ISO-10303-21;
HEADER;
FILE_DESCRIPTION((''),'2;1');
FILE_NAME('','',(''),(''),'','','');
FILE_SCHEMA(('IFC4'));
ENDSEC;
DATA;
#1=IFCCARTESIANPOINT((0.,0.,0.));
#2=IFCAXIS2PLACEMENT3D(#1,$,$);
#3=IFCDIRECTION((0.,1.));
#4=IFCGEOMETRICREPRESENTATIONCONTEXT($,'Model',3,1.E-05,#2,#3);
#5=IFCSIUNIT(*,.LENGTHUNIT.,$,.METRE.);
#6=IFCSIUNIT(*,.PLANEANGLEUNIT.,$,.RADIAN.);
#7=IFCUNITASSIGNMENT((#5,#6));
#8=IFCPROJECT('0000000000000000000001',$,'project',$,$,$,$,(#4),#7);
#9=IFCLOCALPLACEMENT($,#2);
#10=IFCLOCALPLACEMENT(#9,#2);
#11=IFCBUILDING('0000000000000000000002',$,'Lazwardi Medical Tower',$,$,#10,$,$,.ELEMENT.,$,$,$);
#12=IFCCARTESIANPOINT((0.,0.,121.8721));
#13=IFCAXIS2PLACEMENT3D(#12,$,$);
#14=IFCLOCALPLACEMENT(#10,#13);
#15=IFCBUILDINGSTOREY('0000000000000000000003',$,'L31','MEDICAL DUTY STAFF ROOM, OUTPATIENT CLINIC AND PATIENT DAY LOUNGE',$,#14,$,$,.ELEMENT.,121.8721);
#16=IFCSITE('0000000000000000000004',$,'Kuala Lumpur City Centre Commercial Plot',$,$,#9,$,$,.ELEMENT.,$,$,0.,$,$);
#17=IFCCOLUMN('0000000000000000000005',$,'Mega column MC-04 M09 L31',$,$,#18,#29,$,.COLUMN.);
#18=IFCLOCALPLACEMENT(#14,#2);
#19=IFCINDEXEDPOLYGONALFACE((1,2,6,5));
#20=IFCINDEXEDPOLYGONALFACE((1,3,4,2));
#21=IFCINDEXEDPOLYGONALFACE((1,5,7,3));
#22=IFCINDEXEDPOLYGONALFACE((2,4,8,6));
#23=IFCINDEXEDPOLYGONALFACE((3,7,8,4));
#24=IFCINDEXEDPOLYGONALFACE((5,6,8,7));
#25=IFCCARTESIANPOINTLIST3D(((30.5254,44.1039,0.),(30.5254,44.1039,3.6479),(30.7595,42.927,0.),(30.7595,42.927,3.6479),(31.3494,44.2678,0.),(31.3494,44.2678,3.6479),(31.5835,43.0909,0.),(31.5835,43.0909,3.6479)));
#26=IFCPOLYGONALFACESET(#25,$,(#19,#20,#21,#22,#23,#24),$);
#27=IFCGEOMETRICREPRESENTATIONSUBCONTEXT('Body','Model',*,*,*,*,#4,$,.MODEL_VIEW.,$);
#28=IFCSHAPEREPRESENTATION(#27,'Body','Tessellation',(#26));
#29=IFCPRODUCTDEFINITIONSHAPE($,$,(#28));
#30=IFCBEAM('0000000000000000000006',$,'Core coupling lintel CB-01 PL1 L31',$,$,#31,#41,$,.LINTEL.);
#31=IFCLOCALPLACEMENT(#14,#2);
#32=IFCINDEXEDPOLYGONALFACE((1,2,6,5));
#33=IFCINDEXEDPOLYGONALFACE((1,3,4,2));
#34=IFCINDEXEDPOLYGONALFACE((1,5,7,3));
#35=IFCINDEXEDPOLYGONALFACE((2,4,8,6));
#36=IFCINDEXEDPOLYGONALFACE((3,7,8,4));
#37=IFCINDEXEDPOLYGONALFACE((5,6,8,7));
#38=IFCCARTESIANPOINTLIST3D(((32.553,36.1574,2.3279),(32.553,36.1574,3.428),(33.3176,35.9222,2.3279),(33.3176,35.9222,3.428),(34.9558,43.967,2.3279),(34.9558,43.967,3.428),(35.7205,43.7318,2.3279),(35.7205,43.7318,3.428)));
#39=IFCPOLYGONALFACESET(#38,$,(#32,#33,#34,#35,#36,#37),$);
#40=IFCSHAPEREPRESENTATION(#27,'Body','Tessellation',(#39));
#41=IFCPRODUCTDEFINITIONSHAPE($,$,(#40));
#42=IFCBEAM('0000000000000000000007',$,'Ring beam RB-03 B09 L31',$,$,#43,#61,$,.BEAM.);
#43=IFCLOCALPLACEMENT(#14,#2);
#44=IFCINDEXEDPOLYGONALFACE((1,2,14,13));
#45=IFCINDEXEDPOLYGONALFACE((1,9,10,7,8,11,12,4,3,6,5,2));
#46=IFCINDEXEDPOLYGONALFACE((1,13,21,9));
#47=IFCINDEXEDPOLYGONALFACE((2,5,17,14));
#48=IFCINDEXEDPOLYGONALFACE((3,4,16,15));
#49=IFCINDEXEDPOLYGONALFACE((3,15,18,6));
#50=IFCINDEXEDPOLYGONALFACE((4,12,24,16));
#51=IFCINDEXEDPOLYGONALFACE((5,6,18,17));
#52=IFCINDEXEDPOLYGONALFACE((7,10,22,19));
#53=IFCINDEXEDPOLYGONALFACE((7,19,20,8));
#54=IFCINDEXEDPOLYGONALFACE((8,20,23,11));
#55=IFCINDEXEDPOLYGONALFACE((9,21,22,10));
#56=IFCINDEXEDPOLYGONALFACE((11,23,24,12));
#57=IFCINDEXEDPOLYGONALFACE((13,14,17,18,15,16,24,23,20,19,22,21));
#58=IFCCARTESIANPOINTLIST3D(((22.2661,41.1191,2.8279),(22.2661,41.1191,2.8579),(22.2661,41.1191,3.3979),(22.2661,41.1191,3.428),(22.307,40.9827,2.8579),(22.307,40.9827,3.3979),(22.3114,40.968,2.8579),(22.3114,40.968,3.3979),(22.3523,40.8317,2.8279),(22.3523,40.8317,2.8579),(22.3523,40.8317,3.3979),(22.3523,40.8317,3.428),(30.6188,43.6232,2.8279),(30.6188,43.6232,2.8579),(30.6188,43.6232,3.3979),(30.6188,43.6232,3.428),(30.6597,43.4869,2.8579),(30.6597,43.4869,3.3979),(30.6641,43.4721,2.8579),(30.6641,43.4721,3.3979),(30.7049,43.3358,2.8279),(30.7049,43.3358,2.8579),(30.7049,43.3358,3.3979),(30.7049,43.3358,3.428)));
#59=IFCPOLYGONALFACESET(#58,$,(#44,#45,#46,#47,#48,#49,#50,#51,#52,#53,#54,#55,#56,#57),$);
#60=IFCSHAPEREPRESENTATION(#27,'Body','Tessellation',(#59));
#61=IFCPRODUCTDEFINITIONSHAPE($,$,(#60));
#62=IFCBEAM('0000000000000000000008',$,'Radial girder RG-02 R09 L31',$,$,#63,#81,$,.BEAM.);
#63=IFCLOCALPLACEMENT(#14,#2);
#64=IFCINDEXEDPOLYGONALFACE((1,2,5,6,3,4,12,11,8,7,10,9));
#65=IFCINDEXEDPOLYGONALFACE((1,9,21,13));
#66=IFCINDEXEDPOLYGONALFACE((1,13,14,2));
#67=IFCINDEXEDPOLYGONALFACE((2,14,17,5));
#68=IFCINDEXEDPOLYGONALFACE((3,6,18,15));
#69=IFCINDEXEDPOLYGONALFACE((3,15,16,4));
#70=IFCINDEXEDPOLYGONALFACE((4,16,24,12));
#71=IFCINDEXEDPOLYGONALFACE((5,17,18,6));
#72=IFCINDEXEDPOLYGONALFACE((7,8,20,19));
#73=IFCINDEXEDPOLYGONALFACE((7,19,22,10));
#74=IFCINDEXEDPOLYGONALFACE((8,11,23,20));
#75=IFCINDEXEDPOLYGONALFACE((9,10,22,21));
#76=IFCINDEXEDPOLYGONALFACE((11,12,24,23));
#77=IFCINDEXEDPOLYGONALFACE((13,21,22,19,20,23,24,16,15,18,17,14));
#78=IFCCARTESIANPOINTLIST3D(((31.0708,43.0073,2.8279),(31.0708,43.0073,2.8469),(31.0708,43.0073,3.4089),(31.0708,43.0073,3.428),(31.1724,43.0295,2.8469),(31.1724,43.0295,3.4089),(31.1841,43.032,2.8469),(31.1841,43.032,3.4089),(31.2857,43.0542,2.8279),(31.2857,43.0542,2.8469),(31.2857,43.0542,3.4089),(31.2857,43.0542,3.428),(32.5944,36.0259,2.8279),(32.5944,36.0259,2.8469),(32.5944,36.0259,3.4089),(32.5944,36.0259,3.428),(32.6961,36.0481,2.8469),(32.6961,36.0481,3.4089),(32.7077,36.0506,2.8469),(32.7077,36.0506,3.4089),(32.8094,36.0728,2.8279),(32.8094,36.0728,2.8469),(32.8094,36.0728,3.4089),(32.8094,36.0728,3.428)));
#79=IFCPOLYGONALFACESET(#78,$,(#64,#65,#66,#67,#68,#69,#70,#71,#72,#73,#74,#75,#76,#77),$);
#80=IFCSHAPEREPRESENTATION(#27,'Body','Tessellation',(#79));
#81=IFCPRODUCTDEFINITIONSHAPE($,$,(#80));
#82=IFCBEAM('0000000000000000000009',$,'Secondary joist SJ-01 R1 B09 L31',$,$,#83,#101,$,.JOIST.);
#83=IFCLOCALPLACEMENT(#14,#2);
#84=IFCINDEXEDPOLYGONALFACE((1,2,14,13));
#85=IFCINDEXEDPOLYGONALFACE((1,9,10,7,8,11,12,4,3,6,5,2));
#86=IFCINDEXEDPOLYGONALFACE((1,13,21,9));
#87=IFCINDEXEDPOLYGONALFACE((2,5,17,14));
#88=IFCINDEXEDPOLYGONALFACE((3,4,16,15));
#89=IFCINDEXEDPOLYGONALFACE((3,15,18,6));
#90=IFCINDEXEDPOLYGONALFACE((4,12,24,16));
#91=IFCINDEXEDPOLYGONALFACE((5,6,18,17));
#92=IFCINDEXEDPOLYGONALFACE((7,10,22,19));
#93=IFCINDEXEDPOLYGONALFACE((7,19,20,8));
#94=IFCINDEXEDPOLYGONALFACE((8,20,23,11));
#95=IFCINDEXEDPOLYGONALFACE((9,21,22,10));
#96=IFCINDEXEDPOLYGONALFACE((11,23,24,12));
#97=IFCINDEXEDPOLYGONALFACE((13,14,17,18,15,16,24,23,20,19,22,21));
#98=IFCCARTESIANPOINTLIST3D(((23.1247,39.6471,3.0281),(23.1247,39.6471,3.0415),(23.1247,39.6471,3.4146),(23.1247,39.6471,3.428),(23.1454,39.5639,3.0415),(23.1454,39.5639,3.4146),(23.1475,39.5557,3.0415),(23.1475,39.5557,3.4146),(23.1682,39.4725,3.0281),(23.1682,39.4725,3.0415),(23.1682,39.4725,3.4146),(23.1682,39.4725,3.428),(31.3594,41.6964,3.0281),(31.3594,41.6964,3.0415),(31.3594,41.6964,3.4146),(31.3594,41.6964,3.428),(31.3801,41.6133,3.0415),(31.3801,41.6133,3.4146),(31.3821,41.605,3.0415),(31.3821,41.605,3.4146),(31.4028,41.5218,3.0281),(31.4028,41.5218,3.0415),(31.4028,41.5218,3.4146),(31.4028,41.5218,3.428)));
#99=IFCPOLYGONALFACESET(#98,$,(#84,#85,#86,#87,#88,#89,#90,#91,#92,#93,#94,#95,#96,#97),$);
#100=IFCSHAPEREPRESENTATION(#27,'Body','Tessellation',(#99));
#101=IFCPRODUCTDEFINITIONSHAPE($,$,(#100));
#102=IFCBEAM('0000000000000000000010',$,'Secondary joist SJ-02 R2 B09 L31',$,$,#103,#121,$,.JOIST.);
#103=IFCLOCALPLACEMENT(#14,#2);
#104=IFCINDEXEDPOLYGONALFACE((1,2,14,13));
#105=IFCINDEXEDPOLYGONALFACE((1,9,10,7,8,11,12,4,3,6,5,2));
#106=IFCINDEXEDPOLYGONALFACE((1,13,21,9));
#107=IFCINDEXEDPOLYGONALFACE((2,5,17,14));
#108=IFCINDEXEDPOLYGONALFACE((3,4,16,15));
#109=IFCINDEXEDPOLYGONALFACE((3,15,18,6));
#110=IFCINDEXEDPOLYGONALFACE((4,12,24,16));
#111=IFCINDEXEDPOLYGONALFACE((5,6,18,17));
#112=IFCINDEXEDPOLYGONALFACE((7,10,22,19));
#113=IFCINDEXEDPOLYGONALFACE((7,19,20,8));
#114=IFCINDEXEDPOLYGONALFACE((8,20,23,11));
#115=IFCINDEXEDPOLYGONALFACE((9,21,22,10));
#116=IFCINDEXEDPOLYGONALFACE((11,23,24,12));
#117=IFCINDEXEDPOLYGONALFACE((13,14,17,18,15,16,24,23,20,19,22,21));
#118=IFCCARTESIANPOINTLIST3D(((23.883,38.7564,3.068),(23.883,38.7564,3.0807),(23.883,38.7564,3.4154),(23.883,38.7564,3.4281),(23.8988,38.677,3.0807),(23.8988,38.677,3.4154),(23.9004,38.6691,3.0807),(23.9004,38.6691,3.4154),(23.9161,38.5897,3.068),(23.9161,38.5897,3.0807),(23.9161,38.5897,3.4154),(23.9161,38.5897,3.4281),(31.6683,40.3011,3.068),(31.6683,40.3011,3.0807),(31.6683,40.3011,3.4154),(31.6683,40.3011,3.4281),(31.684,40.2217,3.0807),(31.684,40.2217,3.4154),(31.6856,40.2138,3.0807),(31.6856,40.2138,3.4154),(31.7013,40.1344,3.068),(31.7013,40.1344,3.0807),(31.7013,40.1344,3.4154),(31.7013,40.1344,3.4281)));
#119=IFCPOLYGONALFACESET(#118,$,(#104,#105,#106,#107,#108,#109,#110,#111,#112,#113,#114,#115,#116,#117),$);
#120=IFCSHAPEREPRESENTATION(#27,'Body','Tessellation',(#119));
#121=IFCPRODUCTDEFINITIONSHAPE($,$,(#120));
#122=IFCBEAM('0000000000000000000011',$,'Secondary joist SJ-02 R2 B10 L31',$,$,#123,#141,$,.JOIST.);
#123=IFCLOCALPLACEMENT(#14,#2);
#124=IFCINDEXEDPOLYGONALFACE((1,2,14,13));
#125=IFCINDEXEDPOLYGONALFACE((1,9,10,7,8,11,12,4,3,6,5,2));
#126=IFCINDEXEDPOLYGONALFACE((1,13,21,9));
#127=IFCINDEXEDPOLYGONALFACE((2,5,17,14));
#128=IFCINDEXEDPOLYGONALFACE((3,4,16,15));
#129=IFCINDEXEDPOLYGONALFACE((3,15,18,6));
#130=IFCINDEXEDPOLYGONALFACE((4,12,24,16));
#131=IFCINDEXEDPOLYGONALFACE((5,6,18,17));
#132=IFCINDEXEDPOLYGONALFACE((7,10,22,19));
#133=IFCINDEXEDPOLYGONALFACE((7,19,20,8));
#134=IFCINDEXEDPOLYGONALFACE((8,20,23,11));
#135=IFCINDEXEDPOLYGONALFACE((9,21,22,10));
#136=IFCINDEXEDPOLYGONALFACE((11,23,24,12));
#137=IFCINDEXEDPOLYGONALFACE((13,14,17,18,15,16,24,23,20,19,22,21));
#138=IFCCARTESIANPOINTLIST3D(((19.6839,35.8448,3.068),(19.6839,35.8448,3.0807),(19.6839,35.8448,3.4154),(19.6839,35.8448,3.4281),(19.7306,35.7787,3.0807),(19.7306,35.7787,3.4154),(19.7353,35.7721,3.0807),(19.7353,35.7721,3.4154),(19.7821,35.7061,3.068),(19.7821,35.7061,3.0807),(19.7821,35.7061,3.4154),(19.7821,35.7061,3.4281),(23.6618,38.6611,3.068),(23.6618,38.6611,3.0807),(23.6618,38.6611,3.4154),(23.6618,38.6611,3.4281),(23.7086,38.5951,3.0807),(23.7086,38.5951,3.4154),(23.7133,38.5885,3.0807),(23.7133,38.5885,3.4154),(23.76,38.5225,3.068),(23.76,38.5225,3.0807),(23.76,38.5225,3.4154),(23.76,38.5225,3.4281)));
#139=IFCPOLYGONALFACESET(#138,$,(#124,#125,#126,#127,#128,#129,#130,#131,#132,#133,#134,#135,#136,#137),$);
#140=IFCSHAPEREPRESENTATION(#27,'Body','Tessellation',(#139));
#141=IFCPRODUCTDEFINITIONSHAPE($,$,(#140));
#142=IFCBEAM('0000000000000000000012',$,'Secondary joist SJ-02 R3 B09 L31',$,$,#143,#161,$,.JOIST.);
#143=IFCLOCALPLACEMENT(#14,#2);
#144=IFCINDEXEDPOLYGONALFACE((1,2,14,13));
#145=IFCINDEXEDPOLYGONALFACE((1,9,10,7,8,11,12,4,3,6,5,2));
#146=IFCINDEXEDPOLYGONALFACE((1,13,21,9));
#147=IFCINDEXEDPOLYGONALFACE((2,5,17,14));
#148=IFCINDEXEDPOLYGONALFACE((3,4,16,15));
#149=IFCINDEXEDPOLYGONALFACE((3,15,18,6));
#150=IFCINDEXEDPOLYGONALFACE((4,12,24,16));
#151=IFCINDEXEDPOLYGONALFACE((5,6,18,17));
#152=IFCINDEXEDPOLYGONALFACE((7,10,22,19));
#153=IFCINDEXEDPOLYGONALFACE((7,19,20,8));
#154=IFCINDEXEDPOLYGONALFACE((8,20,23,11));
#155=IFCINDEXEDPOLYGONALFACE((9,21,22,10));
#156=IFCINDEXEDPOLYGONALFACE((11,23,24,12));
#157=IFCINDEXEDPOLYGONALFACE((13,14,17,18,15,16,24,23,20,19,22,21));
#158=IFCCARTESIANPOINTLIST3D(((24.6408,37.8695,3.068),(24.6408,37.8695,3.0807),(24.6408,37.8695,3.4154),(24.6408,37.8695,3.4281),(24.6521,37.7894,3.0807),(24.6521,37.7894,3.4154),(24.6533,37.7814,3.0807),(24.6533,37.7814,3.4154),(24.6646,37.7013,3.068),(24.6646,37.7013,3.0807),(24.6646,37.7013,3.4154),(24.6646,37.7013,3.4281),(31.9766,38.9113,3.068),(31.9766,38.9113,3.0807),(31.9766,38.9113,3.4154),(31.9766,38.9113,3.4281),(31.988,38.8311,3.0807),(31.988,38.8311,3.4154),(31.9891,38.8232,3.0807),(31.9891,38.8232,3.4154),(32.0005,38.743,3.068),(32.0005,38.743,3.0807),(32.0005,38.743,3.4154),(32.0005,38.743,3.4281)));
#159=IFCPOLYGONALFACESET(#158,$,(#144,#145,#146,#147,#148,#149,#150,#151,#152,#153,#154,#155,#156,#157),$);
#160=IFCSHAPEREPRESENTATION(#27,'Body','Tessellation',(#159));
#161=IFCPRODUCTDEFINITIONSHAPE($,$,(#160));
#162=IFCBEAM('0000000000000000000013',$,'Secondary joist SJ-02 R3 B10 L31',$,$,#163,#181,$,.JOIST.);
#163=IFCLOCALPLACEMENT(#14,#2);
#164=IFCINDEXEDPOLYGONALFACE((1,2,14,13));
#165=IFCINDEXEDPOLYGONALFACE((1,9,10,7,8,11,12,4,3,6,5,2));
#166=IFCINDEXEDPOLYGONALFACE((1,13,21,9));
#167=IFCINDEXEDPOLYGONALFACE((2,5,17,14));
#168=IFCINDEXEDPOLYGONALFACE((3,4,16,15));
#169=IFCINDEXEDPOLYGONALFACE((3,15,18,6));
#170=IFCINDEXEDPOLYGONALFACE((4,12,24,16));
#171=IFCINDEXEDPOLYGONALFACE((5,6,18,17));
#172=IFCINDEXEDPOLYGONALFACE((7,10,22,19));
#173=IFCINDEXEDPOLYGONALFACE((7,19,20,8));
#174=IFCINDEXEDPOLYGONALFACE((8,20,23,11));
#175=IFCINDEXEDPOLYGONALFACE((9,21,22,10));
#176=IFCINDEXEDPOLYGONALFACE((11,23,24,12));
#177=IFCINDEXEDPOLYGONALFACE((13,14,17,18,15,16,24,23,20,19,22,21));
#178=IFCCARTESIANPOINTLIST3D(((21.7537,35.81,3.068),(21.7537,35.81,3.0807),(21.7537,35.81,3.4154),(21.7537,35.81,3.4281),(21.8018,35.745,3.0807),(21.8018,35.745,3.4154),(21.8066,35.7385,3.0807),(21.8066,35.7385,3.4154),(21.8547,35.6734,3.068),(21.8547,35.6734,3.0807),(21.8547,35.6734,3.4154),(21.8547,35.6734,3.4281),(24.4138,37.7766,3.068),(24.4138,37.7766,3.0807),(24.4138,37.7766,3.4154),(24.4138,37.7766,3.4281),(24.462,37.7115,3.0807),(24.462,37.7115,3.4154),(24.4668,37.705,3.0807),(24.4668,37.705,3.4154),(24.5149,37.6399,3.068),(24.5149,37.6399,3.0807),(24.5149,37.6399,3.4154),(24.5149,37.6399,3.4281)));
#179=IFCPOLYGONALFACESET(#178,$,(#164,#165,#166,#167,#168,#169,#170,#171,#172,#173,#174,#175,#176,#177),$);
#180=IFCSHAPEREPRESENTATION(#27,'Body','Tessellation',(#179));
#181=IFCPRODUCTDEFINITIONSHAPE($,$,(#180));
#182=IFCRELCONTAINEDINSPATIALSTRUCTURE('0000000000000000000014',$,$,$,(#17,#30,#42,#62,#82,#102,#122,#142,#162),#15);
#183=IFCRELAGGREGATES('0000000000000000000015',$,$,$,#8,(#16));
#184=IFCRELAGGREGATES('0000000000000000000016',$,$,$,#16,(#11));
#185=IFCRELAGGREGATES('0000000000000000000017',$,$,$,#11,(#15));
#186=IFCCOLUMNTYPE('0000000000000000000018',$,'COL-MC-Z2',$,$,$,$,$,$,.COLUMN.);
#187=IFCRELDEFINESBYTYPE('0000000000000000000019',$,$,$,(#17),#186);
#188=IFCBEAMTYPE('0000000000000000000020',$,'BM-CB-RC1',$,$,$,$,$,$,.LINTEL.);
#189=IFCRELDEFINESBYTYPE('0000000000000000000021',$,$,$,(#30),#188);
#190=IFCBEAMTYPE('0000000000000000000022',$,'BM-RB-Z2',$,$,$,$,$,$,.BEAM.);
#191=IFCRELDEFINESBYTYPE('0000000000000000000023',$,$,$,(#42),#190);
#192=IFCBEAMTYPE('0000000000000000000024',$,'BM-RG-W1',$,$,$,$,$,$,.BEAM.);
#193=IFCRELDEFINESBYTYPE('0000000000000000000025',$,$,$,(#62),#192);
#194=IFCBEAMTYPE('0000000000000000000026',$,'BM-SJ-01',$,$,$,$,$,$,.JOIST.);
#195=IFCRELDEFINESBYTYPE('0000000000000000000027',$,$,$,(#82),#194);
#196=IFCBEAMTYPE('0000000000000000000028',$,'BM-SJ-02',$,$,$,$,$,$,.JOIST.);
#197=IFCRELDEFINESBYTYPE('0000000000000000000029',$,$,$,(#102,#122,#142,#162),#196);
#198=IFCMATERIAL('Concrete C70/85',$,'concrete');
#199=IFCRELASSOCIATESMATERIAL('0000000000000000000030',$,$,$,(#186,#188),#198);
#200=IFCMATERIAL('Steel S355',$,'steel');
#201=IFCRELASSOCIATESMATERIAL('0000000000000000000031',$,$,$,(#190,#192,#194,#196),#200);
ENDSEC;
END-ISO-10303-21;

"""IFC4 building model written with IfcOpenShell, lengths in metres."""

from ifc_helpers import new_model, si_unit, direction, frame, origin, origin_2d, place, context, subcontext, project, spatial, rectangle, i_section, extrude, material, material_profile, profile_set, type_object, element, save


model = new_model("IFC4")

# Units and contexts
model_context = context("Model", 3, precision=1e-05, world=origin(), true_north=direction((0.0, 1.0)))
body_context = subcontext(model_context, "Body", "Model", "MODEL_VIEW")
ifc_project = project(units=[si_unit("LENGTHUNIT", "METRE"), si_unit("PLANEANGLEUNIT", "RADIAN")], contexts=[model_context])

# Site, building, storey
site_placement = place(None, origin())
site = spatial("IfcSite", under=ifc_project, at=site_placement, Name="Kuala Lumpur City Centre Commercial Plot", CompositionType="ELEMENT", RefElevation=0.0)
building_placement = place(site_placement, origin())
building = spatial("IfcBuilding", under=site, at=building_placement, Name="Lazwardi Medical Tower", CompositionType="ELEMENT")
storey_placement = place(building_placement, frame((0.0, 0.0, 121.8721)))
storey = spatial("IfcBuildingStorey", under=building, at=storey_placement, Name="L31", Description="MEDICAL DUTY STAFF ROOM, OUTPATIENT CLINIC AND PATIENT DAY LOUNGE", CompositionType="ELEMENT", Elevation=121.8721)

# Column
ifc_material_1 = material(Name="Concrete C70/85", Category="concrete")
ifc_material_profile_1 = material_profile(ifc_material_1, rectangle(XDim=1.2, YDim=0.8401, at=origin_2d()), Name="CFT-RECT 1200x840")
ifc_profile_set_1 = profile_set([ifc_material_profile_1], Name="Concrete C70/85")
column_type = type_object("IfcColumnType", Name="COL-MC-Z2", PredefinedType="COLUMN", material=ifc_profile_set_1)
column_placement = place(storey_placement, frame((31.0544, 43.5974, 0.0), z_axis=(0.0, 0.0, 1.0), x_axis=(-0.19509, 0.980785, 0.0)))
element("IfcColumn", 1, at=column_placement, inside=storey, type_object=column_type, Name="Mega column MC-04 M09 L31", PredefinedType="COLUMN", context=body_context, shape_type="SweptSolid", body=[
    extrude(rectangle(XDim=1.2, YDim=0.8401, at=origin_2d()), origin(), (0.0, 0.0, 1.0), 3.6479),
])

# Beams
ifc_material_profile_2 = material_profile(ifc_material_1, rectangle(XDim=0.8, YDim=1.1001, at=origin_2d()), Name="RC 800x1100")
ifc_profile_set_2 = profile_set([ifc_material_profile_2], Name="Concrete C70/85")
beam_type_1 = type_object("IfcBeamType", Name="BM-CB-RC1", PredefinedType="LINTEL", material=ifc_profile_set_2)
beam_1_placement = place(storey_placement, frame((32.9353, 36.0398, 2.8779), z_axis=(0.294073, 0.955783, 0.0), x_axis=(-0.955783, 0.294073, 0.0)))
element("IfcBeam", 2, at=beam_1_placement, inside=storey, type_object=beam_type_1, Name="Core coupling lintel CB-01 PL1 L31", PredefinedType="LINTEL", context=body_context, shape_type="SweptSolid", body=[
    extrude(rectangle(XDim=0.8, YDim=1.1001, at=origin_2d()), origin(), (0.0, 0.0, 1.0), 8.1709),
])
ifc_material_2 = material(Name="Steel S355", Category="steel")
ifc_material_profile_3 = material_profile(ifc_material_2, i_section(OverallWidth=0.3, OverallDepth=0.6001, WebThickness=0.0154, FlangeThickness=0.03, at=origin_2d()), Name="HEB 600")
ifc_profile_set_3 = profile_set([ifc_material_profile_3], Name="Steel S355")
beam_type_2 = type_object("IfcBeamType", Name="BM-RB-Z2", PredefinedType="BEAM", material=ifc_profile_set_3)
beam_2_placement = place(storey_placement, frame((30.6619, 43.4795, 3.1279), z_axis=(-0.957879, -0.287171, 0.0), x_axis=(0.287171, -0.957879, 0.0)))
element("IfcBeam", 3, at=beam_2_placement, inside=storey, type_object=beam_type_2, Name="Ring beam RB-03 B09 L31", PredefinedType="BEAM", context=body_context, shape_type="SweptSolid", body=[
    extrude(i_section(OverallWidth=0.3, OverallDepth=0.6001, WebThickness=0.0154, FlangeThickness=0.03, at=origin_2d()), origin(), (0.0, 0.0, 1.0), 8.72),
])
ifc_material_profile_4 = material_profile(ifc_material_2, i_section(OverallWidth=0.22, OverallDepth=0.6001, WebThickness=0.012, FlangeThickness=0.019, at=origin_2d()), Name="IPE 600")
ifc_profile_set_4 = profile_set([ifc_material_profile_4], Name="Steel S355")
beam_type_3 = type_object("IfcBeamType", Name="BM-RG-W1", PredefinedType="BEAM", material=ifc_profile_set_4)
beam_3_placement = place(storey_placement, frame((31.1782, 43.0308, 3.1279), z_axis=(0.213228, -0.977002, 0.0), x_axis=(0.977002, 0.213228, 0.0)))
element("IfcBeam", 4, at=beam_3_placement, inside=storey, type_object=beam_type_3, Name="Radial girder RG-02 R09 L31", PredefinedType="BEAM", context=body_context, shape_type="SweptSolid", body=[
    extrude(i_section(OverallWidth=0.22, OverallDepth=0.6001, WebThickness=0.012, FlangeThickness=0.019, at=origin_2d()), origin(), (0.0, 0.0, 1.0), 7.1458),
])
ifc_material_profile_5 = material_profile(ifc_material_2, i_section(OverallWidth=0.1799, OverallDepth=0.3999, WebThickness=0.0085, FlangeThickness=0.0134, at=origin_2d()), Name="IPE 400")
ifc_profile_set_5 = profile_set([ifc_material_profile_5], Name="Steel S355")
beam_type_4 = type_object("IfcBeamType", Name="BM-SJ-01", PredefinedType="JOIST", material=ifc_profile_set_5)
beam_4_placement = place(storey_placement, frame((31.3811, 41.6091, 3.228), z_axis=(-0.970401, -0.2415, 0.0), x_axis=(0.2415, -0.970401, 0.0)))
element("IfcBeam", 5, at=beam_4_placement, inside=storey, type_object=beam_type_4, Name="Secondary joist SJ-01 R1 B09 L31", PredefinedType="JOIST", context=body_context, shape_type="SweptSolid", body=[
    extrude(i_section(OverallWidth=0.1799, OverallDepth=0.3999, WebThickness=0.0085, FlangeThickness=0.0134, at=origin_2d()), origin(), (0.0, 0.0, 1.0), 8.4858),
])
ifc_material_profile_6 = material_profile(ifc_material_2, i_section(OverallWidth=0.1699, OverallDepth=0.3601, WebThickness=0.0081, FlangeThickness=0.0127, at=origin_2d()), Name="IPE 360")
ifc_profile_set_6 = profile_set([ifc_material_profile_6], Name="Steel S355")
beam_type_5 = type_object("IfcBeamType", Name="BM-SJ-02", PredefinedType="JOIST", material=ifc_profile_set_6)
beam_5_placement = place(storey_placement, frame((31.6848, 40.2178, 3.248), z_axis=(-0.980879, -0.194619, 0.0), x_axis=(0.194619, -0.980879, 0.0)))
element("IfcBeam", 6, at=beam_5_placement, inside=storey, type_object=beam_type_5, Name="Secondary joist SJ-02 R2 B09 L31", PredefinedType="JOIST", context=body_context, shape_type="SweptSolid", body=[
    extrude(i_section(OverallWidth=0.1699, OverallDepth=0.3601, WebThickness=0.0081, FlangeThickness=0.0127, at=origin_2d()), origin(), (0.0, 0.0, 1.0), 7.937),
])
beam_6_placement = place(storey_placement, frame((23.7109, 38.5918, 3.248), z_axis=(-0.816156, -0.577831, 0.0), x_axis=(0.577831, -0.816156, 0.0)))
element("IfcBeam", 7, at=beam_6_placement, inside=storey, type_object=beam_type_5, Name="Secondary joist SJ-02 R2 B10 L31", PredefinedType="JOIST", context=body_context, shape_type="SweptSolid", body=[
    extrude(i_section(OverallWidth=0.1699, OverallDepth=0.3601, WebThickness=0.0081, FlangeThickness=0.0127, at=origin_2d()), origin(), (0.0, 0.0, 1.0), 4.874),
])
beam_7_placement = place(storey_placement, frame((31.9885, 38.8271, 3.248), z_axis=(-0.990067, -0.140596, 0.0), x_axis=(0.140596, -0.990067, 0.0)))
element("IfcBeam", 8, at=beam_7_placement, inside=storey, type_object=beam_type_5, Name="Secondary joist SJ-02 R3 B09 L31", PredefinedType="JOIST", context=body_context, shape_type="SweptSolid", body=[
    extrude(i_section(OverallWidth=0.1699, OverallDepth=0.3601, WebThickness=0.0081, FlangeThickness=0.0127, at=origin_2d()), origin(), (0.0, 0.0, 1.0), 7.4094),
])
beam_8_placement = place(storey_placement, frame((24.4644, 37.7083, 3.248), z_axis=(-0.804126, -0.59446, 0.0), x_axis=(0.59446, -0.804126, 0.0)))
element("IfcBeam", 9, at=beam_8_placement, inside=storey, type_object=beam_type_5, Name="Secondary joist SJ-02 R3 B10 L31", PredefinedType="JOIST", context=body_context, shape_type="SweptSolid", body=[
    extrude(i_section(OverallWidth=0.1699, OverallDepth=0.3601, WebThickness=0.0081, FlangeThickness=0.0127, at=origin_2d()), origin(), (0.0, 0.0, 1.0), 3.3081),
])

save(model, "model.ifc")
